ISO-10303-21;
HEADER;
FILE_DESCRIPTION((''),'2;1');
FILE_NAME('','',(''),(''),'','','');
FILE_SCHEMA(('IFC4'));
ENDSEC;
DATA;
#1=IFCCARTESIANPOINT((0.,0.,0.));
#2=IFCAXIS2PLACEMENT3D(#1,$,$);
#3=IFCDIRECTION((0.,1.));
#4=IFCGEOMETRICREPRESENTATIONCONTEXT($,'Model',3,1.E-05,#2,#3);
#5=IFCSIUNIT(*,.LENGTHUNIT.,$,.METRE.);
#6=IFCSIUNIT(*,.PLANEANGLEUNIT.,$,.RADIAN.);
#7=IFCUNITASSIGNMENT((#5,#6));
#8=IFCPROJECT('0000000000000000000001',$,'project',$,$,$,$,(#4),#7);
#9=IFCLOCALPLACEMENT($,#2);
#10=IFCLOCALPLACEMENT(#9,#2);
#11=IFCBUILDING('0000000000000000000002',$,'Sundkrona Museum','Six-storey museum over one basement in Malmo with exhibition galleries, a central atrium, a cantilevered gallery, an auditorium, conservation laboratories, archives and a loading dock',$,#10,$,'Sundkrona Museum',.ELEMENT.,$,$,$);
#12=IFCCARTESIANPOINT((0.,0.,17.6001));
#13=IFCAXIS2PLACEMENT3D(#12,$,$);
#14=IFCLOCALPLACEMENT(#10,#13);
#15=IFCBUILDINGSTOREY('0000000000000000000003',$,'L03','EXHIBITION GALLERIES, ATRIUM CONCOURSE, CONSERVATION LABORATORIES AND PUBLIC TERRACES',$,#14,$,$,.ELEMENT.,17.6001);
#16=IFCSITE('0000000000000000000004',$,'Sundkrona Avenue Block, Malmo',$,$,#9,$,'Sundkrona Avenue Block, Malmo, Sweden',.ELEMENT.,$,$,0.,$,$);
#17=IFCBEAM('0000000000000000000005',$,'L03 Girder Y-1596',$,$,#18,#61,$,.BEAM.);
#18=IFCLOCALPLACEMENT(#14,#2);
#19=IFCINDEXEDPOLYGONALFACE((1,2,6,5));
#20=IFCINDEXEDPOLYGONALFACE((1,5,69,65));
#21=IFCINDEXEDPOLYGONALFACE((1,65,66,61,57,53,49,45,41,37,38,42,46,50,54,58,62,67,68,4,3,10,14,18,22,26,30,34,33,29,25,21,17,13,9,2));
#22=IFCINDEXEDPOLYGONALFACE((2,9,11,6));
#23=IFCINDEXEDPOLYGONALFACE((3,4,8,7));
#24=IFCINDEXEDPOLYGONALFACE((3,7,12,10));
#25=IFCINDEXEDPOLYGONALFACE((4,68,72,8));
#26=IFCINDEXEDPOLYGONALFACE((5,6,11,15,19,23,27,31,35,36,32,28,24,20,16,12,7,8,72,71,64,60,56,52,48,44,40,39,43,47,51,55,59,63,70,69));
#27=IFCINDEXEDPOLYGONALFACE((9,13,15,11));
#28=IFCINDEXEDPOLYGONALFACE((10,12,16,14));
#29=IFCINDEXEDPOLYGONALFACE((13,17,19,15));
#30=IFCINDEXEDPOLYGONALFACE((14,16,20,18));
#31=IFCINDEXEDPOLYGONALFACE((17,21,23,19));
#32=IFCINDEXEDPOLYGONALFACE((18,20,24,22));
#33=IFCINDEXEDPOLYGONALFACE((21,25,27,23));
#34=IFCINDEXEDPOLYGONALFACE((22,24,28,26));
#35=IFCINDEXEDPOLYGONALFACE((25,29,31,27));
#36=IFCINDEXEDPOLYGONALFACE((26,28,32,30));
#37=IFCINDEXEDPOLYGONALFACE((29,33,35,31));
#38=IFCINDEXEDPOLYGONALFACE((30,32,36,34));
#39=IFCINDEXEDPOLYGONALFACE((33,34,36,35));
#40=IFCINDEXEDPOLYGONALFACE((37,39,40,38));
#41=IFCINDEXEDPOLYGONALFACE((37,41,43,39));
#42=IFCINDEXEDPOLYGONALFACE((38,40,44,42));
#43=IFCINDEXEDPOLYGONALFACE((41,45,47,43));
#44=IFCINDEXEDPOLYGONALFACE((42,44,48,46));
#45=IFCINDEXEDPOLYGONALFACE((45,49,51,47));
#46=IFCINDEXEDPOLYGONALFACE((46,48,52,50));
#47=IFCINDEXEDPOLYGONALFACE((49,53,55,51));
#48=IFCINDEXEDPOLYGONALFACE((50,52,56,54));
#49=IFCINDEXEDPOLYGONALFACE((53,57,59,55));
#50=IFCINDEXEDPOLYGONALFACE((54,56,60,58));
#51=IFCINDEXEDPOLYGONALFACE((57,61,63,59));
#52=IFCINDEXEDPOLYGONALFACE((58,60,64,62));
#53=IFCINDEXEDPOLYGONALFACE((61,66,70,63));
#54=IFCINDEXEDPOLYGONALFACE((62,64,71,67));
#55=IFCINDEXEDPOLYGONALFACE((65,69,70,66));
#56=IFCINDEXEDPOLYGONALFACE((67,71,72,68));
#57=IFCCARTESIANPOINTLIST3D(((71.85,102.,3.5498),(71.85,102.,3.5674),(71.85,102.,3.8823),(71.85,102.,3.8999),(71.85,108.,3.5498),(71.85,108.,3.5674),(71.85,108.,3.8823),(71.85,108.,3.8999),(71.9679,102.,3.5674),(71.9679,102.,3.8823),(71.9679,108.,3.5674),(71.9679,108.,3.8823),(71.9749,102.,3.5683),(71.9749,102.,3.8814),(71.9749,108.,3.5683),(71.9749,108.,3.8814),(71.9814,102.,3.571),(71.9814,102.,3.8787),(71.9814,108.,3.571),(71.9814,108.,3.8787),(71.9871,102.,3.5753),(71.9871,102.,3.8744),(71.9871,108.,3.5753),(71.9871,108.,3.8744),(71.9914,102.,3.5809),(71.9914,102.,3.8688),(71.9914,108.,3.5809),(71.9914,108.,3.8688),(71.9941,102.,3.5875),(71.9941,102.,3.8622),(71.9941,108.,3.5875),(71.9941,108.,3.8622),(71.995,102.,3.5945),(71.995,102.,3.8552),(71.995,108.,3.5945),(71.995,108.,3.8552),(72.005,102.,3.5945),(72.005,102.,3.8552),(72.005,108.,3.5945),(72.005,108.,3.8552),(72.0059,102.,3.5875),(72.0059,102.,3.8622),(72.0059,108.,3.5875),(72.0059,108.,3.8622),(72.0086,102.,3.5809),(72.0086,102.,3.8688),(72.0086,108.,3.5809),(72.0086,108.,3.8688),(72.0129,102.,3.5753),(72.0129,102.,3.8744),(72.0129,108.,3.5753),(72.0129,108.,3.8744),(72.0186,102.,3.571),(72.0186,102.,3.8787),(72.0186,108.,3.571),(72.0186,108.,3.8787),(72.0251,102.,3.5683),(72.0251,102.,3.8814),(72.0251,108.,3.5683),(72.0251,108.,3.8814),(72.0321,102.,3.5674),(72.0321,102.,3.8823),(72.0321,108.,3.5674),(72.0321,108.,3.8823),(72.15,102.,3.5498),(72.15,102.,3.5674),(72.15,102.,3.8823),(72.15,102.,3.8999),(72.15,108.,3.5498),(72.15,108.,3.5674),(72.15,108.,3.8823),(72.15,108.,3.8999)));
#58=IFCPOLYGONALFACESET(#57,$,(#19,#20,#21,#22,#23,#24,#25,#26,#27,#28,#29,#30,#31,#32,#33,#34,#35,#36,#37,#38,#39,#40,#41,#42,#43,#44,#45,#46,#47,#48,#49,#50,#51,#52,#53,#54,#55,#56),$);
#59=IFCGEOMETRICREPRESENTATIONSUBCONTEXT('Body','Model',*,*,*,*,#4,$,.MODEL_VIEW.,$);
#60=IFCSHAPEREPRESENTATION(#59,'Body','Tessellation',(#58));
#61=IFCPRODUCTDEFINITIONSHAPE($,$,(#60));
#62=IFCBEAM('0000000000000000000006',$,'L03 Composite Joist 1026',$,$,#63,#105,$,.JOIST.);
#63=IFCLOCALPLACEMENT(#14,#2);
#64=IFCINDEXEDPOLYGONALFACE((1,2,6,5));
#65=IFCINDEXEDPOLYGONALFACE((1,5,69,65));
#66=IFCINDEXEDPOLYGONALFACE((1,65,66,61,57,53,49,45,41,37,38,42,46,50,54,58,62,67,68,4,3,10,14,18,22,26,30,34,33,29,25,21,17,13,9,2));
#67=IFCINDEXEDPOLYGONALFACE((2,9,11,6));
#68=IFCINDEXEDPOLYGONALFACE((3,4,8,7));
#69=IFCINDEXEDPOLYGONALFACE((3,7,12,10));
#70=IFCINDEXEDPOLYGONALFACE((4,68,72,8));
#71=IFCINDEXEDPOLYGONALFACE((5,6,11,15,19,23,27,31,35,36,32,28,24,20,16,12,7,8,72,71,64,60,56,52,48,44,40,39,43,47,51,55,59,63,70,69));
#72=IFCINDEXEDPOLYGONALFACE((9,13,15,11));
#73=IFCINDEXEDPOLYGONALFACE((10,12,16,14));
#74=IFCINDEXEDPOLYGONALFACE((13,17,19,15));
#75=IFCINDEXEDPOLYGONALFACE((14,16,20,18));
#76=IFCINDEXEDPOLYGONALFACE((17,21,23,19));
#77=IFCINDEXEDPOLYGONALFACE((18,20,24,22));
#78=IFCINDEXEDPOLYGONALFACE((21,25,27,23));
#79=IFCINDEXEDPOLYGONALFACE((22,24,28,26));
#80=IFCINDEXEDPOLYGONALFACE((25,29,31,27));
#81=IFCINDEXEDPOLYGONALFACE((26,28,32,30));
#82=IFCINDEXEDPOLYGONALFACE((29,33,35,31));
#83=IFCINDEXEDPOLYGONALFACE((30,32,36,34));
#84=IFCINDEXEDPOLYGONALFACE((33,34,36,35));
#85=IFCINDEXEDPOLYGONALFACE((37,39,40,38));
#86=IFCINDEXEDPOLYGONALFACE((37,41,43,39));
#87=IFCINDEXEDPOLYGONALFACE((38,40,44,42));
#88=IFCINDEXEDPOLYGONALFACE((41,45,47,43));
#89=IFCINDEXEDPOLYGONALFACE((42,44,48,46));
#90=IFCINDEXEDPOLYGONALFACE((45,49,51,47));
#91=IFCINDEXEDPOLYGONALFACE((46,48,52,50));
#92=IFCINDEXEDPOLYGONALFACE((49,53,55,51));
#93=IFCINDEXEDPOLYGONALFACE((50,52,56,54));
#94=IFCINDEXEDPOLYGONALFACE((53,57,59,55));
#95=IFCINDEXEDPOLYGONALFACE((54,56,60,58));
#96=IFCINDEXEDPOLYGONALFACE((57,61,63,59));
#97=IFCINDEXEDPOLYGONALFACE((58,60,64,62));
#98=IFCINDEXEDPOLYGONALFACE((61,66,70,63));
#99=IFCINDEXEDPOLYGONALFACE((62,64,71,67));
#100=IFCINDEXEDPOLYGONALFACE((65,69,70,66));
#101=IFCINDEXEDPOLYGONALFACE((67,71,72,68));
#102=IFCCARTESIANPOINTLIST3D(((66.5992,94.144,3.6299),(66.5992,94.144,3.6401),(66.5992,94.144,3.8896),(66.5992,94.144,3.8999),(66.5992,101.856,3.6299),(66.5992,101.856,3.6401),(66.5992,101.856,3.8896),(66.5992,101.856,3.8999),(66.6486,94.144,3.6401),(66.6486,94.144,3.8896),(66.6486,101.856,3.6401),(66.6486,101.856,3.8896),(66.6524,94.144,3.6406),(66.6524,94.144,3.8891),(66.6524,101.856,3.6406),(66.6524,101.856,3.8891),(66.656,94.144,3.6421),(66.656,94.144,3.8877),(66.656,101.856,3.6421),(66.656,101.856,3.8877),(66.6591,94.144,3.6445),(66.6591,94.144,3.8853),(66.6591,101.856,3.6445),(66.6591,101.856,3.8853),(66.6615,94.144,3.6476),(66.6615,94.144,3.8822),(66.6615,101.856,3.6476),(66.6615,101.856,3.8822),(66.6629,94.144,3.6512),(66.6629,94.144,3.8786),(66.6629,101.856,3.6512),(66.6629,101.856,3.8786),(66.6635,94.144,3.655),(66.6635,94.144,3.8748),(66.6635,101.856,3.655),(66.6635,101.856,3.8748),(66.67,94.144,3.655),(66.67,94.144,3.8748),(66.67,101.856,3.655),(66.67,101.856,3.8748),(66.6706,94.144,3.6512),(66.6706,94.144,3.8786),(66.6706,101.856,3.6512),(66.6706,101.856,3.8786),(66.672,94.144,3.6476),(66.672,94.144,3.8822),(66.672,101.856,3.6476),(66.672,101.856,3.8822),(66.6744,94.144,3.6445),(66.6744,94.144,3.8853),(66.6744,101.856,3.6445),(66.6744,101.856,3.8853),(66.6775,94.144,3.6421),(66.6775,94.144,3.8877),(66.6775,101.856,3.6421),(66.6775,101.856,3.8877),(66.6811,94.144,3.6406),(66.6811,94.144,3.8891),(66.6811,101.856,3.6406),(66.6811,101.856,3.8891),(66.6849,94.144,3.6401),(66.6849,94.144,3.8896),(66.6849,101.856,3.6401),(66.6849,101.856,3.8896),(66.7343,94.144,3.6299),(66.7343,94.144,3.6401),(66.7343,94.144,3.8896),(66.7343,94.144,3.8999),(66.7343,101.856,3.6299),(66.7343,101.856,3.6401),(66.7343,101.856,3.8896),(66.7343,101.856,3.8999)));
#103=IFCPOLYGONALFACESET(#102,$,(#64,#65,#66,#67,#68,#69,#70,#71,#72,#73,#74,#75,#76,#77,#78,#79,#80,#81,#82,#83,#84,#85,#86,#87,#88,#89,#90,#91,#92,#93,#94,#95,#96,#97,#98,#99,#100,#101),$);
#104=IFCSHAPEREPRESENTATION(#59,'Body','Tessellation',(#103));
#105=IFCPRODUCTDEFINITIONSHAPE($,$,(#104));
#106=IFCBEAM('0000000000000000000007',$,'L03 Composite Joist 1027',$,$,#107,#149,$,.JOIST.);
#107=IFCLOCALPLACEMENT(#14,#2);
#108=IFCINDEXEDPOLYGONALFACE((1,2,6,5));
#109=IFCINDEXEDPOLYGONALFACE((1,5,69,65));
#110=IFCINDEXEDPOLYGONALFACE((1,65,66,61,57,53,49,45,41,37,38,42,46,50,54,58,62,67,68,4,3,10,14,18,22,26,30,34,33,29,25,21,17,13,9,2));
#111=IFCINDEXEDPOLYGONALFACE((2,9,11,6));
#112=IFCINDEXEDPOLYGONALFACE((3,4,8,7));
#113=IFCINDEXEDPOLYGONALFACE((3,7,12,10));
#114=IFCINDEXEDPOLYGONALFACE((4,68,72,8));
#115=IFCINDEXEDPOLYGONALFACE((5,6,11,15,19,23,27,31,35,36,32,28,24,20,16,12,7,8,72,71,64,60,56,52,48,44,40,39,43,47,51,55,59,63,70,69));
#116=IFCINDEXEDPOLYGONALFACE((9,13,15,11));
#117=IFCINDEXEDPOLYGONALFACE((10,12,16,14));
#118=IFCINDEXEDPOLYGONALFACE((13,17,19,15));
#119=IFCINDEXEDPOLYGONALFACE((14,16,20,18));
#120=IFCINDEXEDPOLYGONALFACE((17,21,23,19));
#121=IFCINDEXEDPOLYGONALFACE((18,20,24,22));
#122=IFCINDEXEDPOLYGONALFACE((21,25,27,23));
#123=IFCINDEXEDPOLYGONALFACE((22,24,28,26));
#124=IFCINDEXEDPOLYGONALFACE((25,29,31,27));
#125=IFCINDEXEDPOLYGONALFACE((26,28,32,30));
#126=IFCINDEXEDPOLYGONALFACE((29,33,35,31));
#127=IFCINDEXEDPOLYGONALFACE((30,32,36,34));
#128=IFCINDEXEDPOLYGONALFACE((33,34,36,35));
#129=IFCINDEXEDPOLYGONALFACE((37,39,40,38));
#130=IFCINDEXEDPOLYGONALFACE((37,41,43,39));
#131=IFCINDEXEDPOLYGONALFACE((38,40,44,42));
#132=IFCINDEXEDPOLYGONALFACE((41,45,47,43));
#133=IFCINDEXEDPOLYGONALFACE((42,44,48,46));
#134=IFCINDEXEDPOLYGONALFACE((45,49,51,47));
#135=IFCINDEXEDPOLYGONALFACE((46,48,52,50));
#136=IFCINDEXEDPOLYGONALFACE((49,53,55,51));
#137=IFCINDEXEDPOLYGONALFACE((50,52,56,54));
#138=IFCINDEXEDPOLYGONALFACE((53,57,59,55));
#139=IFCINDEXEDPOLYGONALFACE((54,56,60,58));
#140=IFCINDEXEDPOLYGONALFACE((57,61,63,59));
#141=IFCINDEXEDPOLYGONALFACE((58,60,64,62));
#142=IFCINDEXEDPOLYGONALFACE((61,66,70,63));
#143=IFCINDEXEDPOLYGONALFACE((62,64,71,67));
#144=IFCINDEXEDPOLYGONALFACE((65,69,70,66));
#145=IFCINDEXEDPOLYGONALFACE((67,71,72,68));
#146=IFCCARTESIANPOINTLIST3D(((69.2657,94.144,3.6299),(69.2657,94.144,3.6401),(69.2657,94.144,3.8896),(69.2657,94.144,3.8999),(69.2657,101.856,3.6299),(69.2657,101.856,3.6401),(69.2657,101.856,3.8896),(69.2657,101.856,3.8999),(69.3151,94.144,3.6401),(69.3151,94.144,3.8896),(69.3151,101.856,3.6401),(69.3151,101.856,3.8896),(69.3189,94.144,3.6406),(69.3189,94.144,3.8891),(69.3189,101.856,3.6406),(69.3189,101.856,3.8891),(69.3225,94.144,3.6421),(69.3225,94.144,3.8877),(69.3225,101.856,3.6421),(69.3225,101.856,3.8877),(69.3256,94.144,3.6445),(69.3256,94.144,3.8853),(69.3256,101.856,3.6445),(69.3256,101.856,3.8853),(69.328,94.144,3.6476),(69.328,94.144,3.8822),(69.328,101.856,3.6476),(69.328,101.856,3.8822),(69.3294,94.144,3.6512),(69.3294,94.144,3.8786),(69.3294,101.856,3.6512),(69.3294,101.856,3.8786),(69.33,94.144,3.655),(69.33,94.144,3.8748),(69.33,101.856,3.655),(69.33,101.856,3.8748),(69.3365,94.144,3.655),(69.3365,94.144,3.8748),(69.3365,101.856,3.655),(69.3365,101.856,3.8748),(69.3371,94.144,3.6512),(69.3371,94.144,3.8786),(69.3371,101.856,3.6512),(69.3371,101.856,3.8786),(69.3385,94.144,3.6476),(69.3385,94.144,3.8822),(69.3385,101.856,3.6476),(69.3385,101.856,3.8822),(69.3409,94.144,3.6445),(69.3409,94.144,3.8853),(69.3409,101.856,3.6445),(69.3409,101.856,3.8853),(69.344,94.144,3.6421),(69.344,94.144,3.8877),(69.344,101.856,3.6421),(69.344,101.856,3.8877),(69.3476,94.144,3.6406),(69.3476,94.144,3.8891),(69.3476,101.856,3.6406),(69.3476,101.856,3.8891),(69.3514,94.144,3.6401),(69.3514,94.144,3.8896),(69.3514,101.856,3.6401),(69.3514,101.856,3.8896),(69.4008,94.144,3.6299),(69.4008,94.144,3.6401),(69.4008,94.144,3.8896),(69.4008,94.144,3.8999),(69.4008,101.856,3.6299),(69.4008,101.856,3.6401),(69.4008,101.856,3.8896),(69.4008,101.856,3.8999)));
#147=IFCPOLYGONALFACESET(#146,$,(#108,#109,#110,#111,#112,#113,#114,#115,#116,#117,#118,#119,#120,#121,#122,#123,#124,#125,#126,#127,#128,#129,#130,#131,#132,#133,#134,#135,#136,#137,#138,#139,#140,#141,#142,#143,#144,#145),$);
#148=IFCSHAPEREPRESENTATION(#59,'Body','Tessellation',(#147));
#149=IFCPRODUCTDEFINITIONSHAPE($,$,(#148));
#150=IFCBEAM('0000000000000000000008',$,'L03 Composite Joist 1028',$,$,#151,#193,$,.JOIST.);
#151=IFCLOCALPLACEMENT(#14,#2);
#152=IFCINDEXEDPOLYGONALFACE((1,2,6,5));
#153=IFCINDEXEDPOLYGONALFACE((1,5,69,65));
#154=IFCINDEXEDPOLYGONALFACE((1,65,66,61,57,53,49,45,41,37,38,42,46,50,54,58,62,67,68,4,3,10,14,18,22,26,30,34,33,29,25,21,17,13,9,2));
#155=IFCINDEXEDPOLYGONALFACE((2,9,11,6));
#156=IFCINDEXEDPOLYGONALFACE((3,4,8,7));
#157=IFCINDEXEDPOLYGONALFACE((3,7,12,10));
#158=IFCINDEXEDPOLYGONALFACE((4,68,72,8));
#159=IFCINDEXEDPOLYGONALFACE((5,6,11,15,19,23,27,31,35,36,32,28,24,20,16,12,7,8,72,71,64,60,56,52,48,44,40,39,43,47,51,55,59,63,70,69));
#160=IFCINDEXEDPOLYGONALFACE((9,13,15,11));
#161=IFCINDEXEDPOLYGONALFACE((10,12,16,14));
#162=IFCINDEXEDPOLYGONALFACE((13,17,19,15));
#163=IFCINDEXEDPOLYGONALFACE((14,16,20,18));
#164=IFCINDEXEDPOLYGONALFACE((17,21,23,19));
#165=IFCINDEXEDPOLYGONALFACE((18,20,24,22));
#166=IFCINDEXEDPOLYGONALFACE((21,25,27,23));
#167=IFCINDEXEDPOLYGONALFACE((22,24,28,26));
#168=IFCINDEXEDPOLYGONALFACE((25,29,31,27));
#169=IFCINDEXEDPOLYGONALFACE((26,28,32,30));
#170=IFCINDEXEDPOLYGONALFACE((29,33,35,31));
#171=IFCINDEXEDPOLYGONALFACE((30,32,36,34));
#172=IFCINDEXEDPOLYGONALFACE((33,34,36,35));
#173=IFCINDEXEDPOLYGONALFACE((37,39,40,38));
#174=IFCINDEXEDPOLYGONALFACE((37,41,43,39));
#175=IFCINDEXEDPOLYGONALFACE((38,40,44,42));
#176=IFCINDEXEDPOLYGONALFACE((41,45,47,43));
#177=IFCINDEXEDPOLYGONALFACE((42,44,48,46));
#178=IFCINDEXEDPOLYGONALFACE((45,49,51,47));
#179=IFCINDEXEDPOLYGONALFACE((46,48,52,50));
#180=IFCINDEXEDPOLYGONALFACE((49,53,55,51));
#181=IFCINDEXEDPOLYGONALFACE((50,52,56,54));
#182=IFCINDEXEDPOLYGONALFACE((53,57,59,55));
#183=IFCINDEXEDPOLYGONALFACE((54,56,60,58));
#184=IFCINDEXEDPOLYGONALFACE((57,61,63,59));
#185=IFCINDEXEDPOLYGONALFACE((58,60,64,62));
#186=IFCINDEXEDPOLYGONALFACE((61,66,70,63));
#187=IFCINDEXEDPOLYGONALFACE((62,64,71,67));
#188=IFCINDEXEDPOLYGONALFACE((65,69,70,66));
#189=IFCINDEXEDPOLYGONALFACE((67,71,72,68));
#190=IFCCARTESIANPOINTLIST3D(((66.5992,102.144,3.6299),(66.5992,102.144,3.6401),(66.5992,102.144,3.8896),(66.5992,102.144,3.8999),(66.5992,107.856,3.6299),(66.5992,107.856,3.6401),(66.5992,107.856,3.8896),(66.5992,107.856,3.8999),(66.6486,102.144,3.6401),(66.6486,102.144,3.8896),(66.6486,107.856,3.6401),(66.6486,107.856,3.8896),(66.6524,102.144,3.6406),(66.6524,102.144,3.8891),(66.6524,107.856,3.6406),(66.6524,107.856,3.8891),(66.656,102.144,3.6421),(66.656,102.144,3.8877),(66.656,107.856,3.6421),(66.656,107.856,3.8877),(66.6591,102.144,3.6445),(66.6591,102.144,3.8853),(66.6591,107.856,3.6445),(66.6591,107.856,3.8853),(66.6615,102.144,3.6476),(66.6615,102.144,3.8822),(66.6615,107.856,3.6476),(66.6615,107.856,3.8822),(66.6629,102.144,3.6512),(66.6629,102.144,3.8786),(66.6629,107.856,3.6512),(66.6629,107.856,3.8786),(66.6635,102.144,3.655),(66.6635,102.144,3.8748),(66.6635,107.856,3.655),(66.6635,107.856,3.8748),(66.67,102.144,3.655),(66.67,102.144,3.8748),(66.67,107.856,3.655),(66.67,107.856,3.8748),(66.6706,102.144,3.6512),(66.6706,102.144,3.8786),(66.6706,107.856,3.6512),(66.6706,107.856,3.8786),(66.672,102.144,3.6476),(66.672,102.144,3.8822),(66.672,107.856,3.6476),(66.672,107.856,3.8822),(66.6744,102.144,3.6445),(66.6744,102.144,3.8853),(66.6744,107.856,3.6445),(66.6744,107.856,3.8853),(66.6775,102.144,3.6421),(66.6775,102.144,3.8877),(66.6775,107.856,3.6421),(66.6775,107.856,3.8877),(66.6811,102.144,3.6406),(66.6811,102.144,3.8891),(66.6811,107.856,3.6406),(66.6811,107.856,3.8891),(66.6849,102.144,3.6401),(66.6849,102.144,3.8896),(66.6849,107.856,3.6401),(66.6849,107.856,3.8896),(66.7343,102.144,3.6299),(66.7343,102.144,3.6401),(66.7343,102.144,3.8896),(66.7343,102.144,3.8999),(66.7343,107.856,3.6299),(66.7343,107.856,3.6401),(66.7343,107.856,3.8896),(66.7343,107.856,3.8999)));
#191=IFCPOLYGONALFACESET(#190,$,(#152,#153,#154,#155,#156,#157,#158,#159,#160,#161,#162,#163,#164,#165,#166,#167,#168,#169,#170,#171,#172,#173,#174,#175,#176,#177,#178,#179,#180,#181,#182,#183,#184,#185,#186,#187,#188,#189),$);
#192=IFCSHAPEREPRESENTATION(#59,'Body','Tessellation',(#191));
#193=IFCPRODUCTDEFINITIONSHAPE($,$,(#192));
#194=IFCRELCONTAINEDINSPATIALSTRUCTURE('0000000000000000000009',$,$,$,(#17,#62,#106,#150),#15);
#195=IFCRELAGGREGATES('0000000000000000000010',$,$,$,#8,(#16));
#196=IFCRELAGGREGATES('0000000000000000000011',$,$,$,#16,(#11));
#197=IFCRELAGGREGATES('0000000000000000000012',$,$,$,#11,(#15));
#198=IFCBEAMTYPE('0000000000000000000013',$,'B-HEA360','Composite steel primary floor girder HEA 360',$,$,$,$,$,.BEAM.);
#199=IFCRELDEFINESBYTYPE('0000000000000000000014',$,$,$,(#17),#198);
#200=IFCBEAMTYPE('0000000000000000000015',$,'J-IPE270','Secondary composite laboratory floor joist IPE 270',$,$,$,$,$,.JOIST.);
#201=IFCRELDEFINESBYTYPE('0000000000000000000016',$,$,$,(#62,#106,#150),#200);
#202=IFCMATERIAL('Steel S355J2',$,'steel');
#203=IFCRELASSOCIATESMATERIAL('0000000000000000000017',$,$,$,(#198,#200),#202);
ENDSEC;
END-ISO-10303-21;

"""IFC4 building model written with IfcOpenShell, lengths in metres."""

from ifc_helpers import new_model, si_unit, direction, frame, origin, origin_2d, place, context, subcontext, project, spatial, i_section, extrude, material, material_profile, profile_set, type_object, element, save


model = new_model("IFC4")

# Units and contexts
model_context = context("Model", 3, precision=1e-05, world=origin(), true_north=direction((0.0, 1.0)))
body_context = subcontext(model_context, "Body", "Model", "MODEL_VIEW")
ifc_project = project(units=[si_unit("LENGTHUNIT", "METRE"), si_unit("PLANEANGLEUNIT", "RADIAN")], contexts=[model_context])

# Site, building, storey
site_placement = place(None, origin())
site = spatial("IfcSite", under=ifc_project, at=site_placement, Name="Sundkrona Avenue Block, Malmo", LongName="Sundkrona Avenue Block, Malmo, Sweden", CompositionType="ELEMENT", RefElevation=0.0)
building_placement = place(site_placement, origin())
building = spatial("IfcBuilding", under=site, at=building_placement, Name="Sundkrona Museum", Description="Six-storey museum over one basement in Malmo with exhibition galleries, a central atrium, a cantilevered gallery, an auditorium, conservation laboratories, archives and a loading dock", LongName="Sundkrona Museum", CompositionType="ELEMENT")
storey_placement = place(building_placement, frame((0.0, 0.0, 17.6001)))
storey = spatial("IfcBuildingStorey", under=building, at=storey_placement, Name="L03", Description="EXHIBITION GALLERIES, ATRIUM CONCOURSE, CONSERVATION LABORATORIES AND PUBLIC TERRACES", CompositionType="ELEMENT", Elevation=17.6001)

# Shared definitions
ifc_material_1 = material(Name="Steel S355J2", Category="steel")

# Beams
ifc_material_profile_1 = material_profile(ifc_material_1, i_section(OverallWidth=0.3, OverallDepth=0.3501, WebThickness=0.01, FlangeThickness=0.0176, FilletRadius=0.0271, at=origin_2d()), Name="HEA 360")
ifc_profile_set_1 = profile_set([ifc_material_profile_1], Name="Steel S355J2")
beam_type_1 = type_object("IfcBeamType", Name="B-HEA360", Description="Composite steel primary floor girder HEA 360", PredefinedType="BEAM", material=ifc_profile_set_1)
beam_1_placement = place(storey_placement, frame((72.0, 102.0, 3.7249), z_axis=(0.0, 1.0, 0.0), x_axis=(-1.0, 0.0, 0.0)))
element("IfcBeam", 1, at=beam_1_placement, inside=storey, type_object=beam_type_1, Name="L03 Girder Y-1596", PredefinedType="BEAM", context=body_context, shape_type="SweptSolid", body=[
    extrude(i_section(OverallWidth=0.3, OverallDepth=0.3501, WebThickness=0.01, FlangeThickness=0.0176, FilletRadius=0.0271, at=origin_2d()), origin(), (0.0, 0.0, 1.0), 6.0),
])
ifc_material_profile_2 = material_profile(ifc_material_1, i_section(OverallWidth=0.135, OverallDepth=0.27, WebThickness=0.0066, FlangeThickness=0.0103, FilletRadius=0.0149, at=origin_2d()), Name="IPE 270")
ifc_profile_set_2 = profile_set([ifc_material_profile_2], Name="Steel S355J2")
beam_type_2 = type_object("IfcBeamType", Name="J-IPE270", Description="Secondary composite laboratory floor joist IPE 270", PredefinedType="JOIST", material=ifc_profile_set_2)
for number, where, z_axis, x_axis, name in (
    (2, (66.6667, 94.144, 3.7649), (0.0, 1.0, 0.0), (-1.0, 0.0, 0.0), "L03 Composite Joist 1026"),
    (3, (69.3333, 94.144, 3.7649), (0.0, 1.0, 0.0), (-1.0, 0.0, 0.0), "L03 Composite Joist 1027"),
):
    element("IfcBeam", number, at=place(storey_placement, frame(where, z_axis=z_axis, x_axis=x_axis)), inside=storey, type_object=beam_type_2, Name=name, PredefinedType="JOIST", context=body_context, shape_type="SweptSolid", body=[
        extrude(i_section(OverallWidth=0.135, OverallDepth=0.27, WebThickness=0.0066, FlangeThickness=0.0103, FilletRadius=0.0149, at=origin_2d()), origin(), (0.0, 0.0, 1.0), 7.7119),
    ])
for number, where, z_axis, x_axis, name in (
    (4, (66.6667, 102.144, 3.7649), (0.0, 1.0, 0.0), (-1.0, 0.0, 0.0), "L03 Composite Joist 1028"),
):
    element("IfcBeam", number, at=place(storey_placement, frame(where, z_axis=z_axis, x_axis=x_axis)), inside=storey, type_object=beam_type_2, Name=name, PredefinedType="JOIST", context=body_context, shape_type="SweptSolid", body=[
        extrude(i_section(OverallWidth=0.135, OverallDepth=0.27, WebThickness=0.0066, FlangeThickness=0.0103, FilletRadius=0.0149, at=origin_2d()), origin(), (0.0, 0.0, 1.0), 5.7119),
    ])

save(model, "model.ifc")
